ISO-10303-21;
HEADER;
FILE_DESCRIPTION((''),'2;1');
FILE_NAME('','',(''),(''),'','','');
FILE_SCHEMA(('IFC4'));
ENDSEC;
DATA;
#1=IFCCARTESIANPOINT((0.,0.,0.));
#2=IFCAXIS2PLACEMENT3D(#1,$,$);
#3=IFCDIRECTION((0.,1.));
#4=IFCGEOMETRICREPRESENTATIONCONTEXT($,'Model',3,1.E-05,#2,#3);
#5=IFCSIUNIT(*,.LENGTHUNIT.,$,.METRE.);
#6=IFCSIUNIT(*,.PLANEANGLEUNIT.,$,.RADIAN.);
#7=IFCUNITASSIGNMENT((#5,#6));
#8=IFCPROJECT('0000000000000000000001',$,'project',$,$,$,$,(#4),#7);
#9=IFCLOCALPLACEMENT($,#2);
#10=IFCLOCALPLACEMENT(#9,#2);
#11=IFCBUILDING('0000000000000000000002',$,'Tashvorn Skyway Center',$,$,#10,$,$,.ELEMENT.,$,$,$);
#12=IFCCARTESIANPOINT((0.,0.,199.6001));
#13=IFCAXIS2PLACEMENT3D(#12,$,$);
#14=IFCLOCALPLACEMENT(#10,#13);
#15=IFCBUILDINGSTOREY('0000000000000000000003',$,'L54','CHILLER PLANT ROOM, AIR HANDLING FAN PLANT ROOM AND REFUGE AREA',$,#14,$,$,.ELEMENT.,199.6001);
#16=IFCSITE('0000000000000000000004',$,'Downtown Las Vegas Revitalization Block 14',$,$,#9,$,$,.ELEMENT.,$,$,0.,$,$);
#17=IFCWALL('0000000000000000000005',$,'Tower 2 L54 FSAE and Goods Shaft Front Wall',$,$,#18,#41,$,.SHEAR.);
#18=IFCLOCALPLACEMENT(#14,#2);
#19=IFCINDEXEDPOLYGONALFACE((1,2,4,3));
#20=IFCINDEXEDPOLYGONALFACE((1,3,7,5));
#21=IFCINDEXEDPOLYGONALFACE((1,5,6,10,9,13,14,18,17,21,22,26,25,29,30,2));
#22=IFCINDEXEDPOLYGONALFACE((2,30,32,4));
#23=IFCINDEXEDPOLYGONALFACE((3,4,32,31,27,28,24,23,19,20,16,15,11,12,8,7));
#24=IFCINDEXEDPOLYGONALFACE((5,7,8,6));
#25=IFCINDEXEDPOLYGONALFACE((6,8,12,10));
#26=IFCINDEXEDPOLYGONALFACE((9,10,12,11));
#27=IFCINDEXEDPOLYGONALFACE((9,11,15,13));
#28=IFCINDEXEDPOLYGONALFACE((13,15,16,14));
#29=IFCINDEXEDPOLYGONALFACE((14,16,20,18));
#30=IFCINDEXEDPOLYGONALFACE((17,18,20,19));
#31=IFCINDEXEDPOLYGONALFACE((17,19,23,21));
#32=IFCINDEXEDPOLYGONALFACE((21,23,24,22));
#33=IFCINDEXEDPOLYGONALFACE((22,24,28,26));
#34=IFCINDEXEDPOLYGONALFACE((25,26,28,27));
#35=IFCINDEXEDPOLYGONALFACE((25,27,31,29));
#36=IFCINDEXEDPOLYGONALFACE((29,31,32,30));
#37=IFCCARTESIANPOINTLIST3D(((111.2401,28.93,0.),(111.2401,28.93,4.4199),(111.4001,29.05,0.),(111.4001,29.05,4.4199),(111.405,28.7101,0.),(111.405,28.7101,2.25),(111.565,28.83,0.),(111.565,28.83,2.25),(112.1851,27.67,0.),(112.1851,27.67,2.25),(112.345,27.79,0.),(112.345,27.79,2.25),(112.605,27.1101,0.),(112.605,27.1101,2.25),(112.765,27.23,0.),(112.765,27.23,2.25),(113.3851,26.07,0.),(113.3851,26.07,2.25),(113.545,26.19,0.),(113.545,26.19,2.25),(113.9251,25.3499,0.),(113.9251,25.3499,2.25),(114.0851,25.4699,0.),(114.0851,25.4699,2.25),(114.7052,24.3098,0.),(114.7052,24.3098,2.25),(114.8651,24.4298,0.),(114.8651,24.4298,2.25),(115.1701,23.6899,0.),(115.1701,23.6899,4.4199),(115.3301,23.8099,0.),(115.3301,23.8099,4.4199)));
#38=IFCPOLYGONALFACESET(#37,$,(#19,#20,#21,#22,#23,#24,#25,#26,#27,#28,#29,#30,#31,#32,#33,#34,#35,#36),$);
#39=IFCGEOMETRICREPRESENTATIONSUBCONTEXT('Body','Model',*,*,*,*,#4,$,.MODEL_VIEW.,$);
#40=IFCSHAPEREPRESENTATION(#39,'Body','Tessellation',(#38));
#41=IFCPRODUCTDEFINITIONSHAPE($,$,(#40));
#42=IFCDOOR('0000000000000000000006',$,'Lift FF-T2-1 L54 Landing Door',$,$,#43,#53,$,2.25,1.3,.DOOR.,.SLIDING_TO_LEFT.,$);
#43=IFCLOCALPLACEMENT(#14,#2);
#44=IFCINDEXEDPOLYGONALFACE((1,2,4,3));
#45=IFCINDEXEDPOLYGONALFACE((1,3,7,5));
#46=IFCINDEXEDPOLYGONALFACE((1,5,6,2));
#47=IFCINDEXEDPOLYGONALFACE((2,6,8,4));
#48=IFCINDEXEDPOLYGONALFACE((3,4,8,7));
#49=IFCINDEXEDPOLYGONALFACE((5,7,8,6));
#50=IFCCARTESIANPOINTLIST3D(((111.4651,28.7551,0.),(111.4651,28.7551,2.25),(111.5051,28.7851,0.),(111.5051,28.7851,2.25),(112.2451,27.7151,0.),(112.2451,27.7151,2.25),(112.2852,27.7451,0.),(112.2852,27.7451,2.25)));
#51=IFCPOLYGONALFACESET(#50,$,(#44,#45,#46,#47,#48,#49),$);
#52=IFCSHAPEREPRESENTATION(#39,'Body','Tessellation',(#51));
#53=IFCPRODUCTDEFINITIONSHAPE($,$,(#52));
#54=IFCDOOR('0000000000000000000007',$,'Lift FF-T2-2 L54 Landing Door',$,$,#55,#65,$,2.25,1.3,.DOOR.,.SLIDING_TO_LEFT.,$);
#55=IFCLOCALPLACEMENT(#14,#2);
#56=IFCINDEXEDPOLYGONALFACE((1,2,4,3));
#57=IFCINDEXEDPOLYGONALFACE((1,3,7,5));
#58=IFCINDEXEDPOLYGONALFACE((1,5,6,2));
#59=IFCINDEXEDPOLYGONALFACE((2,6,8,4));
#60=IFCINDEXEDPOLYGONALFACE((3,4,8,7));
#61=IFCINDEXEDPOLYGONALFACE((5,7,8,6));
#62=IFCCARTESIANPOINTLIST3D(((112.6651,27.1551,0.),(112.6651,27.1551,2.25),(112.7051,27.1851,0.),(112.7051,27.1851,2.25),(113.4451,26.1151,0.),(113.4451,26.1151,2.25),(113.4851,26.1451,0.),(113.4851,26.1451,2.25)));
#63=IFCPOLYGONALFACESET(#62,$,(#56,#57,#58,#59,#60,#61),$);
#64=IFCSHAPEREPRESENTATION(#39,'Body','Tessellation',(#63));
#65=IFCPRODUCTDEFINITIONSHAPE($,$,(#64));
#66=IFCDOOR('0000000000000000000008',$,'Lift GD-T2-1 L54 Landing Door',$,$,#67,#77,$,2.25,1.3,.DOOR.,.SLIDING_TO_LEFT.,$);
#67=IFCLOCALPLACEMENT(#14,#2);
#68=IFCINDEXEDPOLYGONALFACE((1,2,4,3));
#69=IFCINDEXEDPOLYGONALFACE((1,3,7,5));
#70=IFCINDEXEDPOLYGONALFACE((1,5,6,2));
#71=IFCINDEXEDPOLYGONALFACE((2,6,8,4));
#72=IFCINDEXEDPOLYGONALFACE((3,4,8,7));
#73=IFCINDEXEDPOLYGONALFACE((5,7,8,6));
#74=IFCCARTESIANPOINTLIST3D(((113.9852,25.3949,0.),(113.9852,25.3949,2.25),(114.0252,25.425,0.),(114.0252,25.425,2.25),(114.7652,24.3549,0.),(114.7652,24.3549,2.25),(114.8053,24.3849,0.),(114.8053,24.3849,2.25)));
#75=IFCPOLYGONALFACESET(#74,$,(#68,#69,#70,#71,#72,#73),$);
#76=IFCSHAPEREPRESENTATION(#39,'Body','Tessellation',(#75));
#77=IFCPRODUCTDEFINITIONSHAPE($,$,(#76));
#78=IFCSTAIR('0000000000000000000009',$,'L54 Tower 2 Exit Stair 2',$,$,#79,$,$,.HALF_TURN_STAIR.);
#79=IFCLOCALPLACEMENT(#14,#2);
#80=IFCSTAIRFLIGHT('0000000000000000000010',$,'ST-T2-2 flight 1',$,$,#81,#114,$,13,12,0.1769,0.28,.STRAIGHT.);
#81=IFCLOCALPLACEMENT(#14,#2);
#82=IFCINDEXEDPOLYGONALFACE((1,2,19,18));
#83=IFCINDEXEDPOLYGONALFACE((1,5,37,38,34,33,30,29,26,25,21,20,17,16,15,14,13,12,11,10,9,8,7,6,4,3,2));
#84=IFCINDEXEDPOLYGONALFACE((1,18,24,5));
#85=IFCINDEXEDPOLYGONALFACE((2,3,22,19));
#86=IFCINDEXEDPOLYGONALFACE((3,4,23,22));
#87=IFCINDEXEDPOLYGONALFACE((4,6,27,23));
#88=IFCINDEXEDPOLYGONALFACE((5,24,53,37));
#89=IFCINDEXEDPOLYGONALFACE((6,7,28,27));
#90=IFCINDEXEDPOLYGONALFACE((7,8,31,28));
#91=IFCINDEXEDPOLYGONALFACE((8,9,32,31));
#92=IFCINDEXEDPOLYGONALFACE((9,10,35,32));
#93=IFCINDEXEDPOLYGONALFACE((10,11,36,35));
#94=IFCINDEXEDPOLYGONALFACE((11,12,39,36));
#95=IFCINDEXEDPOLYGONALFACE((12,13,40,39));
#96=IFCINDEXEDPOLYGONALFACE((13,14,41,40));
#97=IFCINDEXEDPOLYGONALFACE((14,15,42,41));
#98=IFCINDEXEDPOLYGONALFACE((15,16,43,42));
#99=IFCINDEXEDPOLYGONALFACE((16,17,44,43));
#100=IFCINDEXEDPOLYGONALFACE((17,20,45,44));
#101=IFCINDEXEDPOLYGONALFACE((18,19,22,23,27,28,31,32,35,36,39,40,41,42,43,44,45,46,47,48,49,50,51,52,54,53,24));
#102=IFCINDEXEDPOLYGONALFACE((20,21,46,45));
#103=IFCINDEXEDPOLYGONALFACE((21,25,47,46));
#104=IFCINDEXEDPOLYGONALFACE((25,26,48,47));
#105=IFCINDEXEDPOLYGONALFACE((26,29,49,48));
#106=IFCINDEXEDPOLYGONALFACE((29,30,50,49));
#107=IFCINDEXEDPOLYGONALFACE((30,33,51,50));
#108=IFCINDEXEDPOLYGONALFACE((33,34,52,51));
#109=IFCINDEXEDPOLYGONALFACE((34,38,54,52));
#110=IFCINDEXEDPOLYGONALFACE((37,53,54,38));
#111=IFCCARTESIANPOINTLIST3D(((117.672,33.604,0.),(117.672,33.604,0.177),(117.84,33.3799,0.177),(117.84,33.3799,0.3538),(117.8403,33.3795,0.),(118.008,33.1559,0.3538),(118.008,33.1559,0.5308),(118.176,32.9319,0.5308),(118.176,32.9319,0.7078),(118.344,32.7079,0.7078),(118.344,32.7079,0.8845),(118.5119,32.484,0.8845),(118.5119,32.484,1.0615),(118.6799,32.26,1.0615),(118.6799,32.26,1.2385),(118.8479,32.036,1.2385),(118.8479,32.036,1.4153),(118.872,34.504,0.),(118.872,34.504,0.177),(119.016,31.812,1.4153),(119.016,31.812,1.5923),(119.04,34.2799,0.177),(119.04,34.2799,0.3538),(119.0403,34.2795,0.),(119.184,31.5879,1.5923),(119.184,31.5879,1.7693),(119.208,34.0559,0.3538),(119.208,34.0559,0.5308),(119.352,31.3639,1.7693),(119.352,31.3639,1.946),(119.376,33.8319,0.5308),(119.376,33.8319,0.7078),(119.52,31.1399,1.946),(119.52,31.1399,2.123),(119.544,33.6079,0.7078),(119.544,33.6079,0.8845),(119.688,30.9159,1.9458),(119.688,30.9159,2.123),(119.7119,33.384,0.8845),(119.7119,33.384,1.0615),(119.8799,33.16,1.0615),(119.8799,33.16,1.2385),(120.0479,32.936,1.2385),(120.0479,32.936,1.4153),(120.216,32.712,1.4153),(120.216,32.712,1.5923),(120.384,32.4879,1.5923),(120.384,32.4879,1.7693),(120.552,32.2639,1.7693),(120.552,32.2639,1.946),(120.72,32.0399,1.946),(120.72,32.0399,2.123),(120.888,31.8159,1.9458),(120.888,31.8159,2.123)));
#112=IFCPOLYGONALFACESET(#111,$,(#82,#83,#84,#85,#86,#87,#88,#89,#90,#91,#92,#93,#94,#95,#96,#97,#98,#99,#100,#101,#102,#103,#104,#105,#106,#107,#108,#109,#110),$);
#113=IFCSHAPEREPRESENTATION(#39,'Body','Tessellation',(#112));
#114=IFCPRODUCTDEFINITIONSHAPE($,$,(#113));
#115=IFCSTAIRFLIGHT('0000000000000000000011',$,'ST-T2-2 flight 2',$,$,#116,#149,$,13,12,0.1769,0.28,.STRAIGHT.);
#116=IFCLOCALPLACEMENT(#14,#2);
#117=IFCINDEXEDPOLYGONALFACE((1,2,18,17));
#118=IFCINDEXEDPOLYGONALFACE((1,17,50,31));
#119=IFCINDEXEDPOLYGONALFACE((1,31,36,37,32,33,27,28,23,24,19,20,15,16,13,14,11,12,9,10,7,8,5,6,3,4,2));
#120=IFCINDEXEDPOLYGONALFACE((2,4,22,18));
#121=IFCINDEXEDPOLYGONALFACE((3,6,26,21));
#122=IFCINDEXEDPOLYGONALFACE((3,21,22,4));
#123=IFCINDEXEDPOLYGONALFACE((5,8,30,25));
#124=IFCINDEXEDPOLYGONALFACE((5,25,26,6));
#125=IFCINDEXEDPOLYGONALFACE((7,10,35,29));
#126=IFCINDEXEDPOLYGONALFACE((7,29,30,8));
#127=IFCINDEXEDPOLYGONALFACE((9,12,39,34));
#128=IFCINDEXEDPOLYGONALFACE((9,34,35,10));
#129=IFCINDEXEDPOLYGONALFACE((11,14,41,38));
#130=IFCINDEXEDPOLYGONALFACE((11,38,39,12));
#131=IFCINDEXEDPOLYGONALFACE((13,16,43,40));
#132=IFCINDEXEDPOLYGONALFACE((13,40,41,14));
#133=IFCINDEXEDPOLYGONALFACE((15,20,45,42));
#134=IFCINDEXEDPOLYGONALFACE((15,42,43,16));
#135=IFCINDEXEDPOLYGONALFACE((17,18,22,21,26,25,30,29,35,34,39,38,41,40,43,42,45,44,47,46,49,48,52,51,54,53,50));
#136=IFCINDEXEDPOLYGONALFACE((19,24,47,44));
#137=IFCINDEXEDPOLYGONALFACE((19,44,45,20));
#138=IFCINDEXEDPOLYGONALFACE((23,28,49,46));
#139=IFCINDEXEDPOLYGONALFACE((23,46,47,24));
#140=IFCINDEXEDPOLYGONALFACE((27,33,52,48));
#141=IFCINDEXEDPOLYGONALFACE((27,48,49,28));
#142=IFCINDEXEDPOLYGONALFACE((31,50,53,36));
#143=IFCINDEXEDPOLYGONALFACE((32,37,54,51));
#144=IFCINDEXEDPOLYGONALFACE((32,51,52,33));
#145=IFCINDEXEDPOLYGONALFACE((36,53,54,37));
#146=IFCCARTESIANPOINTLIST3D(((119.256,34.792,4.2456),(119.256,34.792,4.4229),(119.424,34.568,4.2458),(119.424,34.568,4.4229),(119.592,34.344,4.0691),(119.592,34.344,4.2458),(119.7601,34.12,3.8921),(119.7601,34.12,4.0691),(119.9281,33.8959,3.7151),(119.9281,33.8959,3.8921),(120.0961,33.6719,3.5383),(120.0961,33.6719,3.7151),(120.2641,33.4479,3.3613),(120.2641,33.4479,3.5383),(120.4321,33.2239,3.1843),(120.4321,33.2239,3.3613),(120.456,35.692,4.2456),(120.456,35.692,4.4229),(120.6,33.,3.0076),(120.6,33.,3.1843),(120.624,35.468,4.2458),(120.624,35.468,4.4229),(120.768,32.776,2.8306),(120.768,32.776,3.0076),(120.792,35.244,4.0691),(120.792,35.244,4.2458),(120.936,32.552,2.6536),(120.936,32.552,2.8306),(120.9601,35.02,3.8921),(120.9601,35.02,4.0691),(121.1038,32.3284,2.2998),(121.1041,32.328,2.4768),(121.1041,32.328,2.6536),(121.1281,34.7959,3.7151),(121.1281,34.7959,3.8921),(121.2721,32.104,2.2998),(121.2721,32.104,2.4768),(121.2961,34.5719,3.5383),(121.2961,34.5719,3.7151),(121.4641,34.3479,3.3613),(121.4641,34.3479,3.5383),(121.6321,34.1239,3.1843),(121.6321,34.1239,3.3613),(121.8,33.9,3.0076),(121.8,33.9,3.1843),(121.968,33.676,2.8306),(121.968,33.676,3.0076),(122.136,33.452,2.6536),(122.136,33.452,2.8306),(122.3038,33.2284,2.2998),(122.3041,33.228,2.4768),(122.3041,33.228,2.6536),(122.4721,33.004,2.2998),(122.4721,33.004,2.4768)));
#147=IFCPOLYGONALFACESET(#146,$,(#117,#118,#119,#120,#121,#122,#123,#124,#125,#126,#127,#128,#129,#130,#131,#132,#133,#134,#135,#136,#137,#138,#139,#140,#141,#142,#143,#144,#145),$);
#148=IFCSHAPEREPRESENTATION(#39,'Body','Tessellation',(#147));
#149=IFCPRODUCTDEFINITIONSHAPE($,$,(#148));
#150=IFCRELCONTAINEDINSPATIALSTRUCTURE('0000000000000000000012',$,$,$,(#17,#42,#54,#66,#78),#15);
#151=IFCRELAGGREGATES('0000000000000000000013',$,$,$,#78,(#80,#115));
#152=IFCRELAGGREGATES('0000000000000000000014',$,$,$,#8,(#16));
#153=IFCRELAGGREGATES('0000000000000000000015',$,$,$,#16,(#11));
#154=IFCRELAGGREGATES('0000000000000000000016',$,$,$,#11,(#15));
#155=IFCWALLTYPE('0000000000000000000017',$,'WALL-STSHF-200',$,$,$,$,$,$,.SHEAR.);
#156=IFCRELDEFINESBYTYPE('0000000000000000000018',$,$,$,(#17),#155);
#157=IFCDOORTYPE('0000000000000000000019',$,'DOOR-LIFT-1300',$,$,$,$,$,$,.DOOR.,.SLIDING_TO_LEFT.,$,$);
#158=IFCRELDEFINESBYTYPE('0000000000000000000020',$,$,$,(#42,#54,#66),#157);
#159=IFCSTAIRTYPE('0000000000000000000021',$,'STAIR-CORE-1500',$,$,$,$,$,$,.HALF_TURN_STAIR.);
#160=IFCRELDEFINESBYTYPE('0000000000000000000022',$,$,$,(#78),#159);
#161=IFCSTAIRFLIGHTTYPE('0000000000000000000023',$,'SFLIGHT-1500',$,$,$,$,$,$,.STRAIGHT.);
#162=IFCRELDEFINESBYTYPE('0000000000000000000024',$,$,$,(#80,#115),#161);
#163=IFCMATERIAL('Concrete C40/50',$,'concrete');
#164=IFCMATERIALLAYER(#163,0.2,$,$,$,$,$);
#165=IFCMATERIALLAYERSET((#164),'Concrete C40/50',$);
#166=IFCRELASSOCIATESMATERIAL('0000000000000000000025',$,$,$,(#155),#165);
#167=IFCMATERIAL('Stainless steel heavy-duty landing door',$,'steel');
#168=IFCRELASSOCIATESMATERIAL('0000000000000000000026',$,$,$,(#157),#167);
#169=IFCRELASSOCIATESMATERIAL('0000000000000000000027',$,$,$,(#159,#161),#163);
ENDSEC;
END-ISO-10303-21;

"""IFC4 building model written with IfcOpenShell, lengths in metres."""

from ifc_helpers import new_model, si_unit, direction, frame, frame_2d, origin, place, context, subcontext, project, spatial, polyline, rectangle, outline, extrude, material, layer, layer_set, type_object, element, fill, aggregate, save


model = new_model("IFC4")

# Units and contexts
model_context = context("Model", 3, precision=1e-05, world=origin(), true_north=direction((0.0, 1.0)))
body_context = subcontext(model_context, "Body", "Model", "MODEL_VIEW")
ifc_project = project(units=[si_unit("LENGTHUNIT", "METRE"), si_unit("PLANEANGLEUNIT", "RADIAN")], contexts=[model_context])

# Site, building, storey
site_placement = place(None, origin())
site = spatial("IfcSite", under=ifc_project, at=site_placement, Name="Downtown Las Vegas Revitalization Block 14", CompositionType="ELEMENT", RefElevation=0.0)
building_placement = place(site_placement, origin())
building = spatial("IfcBuilding", under=site, at=building_placement, Name="Tashvorn Skyway Center", CompositionType="ELEMENT")
storey_placement = place(building_placement, frame((0.0, 0.0, 199.6001)))
storey = spatial("IfcBuildingStorey", under=building, at=storey_placement, Name="L54", Description="CHILLER PLANT ROOM, AIR HANDLING FAN PLANT ROOM AND REFUGE AREA", CompositionType="ELEMENT", Elevation=199.6001)

# Shared definitions
ifc_material_1 = material(Name="Concrete C40/50", Category="concrete")

# Shared definitions
ifc_layer_1 = layer(ifc_material_1, 0.2)
ifc_layer_set_1 = layer_set([ifc_layer_1], Name="Concrete C40/50")
wall_type_1 = type_object("IfcWallType", Name="WALL-STSHF-200", PredefinedType="SHEAR", material=ifc_layer_set_1)

# Wall, openings, doors
wall_1_placement = place(storey_placement, frame((115.25, 23.75, 0.0), z_axis=(0.0, 0.0, 1.0), x_axis=(-0.599994, 0.800004, 0.0)))
wall_1 = element("IfcWall", 1, at=wall_1_placement, inside=storey, type_object=wall_type_1, Name="Tower 2 L54 FSAE and Goods Shaft Front Wall", PredefinedType="SHEAR", context=body_context, shape_type="SweptSolid", body=[
    extrude(rectangle(XDim=6.55, YDim=0.2, at=frame_2d((3.2749, 0.0))), origin(), (0.0, 0.0, 1.0), 4.4199),
])
opening_1_placement = place(wall_1_placement, frame((4.9751, 0.0, 0.0)))
opening_1 = element("IfcOpeningElement", 2, at=opening_1_placement, cuts=wall_1, PredefinedType="OPENING", context=body_context, shape_type="SweptSolid", body=[
    extrude(rectangle(XDim=1.3, YDim=2.25, at=frame_2d((0.6499, 1.125))), frame((0.0, 0.1099, 0.0), z_axis=(0.0, -1.0, 0.0), x_axis=(1.0, 0.0, 0.0)), (0.0, 0.0, 1.0), 0.22),
])
opening_2_placement = place(wall_1_placement, frame((2.9751, 0.0, 0.0)))
opening_2 = element("IfcOpeningElement", 3, at=opening_2_placement, cuts=wall_1, PredefinedType="OPENING", context=body_context, shape_type="SweptSolid", body=[
    extrude(rectangle(XDim=1.3, YDim=2.25, at=frame_2d((0.6499, 1.125))), frame((0.0, 0.1099, 0.0), z_axis=(0.0, -1.0, 0.0), x_axis=(1.0, 0.0, 0.0)), (0.0, 0.0, 1.0), 0.22),
])
opening_3_placement = place(wall_1_placement, frame((0.7749, 0.0, 0.0)))
opening_3 = element("IfcOpeningElement", 4, at=opening_3_placement, cuts=wall_1, PredefinedType="OPENING", context=body_context, shape_type="SweptSolid", body=[
    extrude(rectangle(XDim=1.3, YDim=2.25, at=frame_2d((0.6499, 1.125))), frame((0.0, 0.1099, 0.0), z_axis=(0.0, -1.0, 0.0), x_axis=(1.0, 0.0, 0.0)), (0.0, 0.0, 1.0), 0.22),
])
ifc_material_2 = material(Name="Stainless steel heavy-duty landing door", Category="steel")
door_type_1 = type_object("IfcDoorType", Name="DOOR-LIFT-1300", OperationType="SLIDING_TO_LEFT", PredefinedType="DOOR", material=ifc_material_2)
door_1_placement = place(opening_1_placement, origin())
door_1 = element("IfcDoor", 5, at=door_1_placement, inside=storey, type_object=door_type_1, Name="Lift FF-T2-1 L54 Landing Door", OperationType="SLIDING_TO_LEFT", OverallHeight=2.25, OverallWidth=1.3, PredefinedType="DOOR", context=body_context, shape_type="SweptSolid", body=[
    extrude(rectangle(XDim=1.3, YDim=2.25, at=frame_2d((0.6499, 1.125))), frame((0.0, 0.0249, 0.0), z_axis=(0.0, -1.0, 0.0), x_axis=(1.0, 0.0, 0.0)), (0.0, 0.0, 1.0), 0.05),
])
fill(opening_1, door_1)
door_2_placement = place(opening_2_placement, origin())
door_2 = element("IfcDoor", 6, at=door_2_placement, inside=storey, type_object=door_type_1, Name="Lift FF-T2-2 L54 Landing Door", OperationType="SLIDING_TO_LEFT", OverallHeight=2.25, OverallWidth=1.3, PredefinedType="DOOR", context=body_context, shape_type="SweptSolid", body=[
    extrude(rectangle(XDim=1.3, YDim=2.25, at=frame_2d((0.6499, 1.125))), frame((0.0, 0.0249, 0.0), z_axis=(0.0, -1.0, 0.0), x_axis=(1.0, 0.0, 0.0)), (0.0, 0.0, 1.0), 0.05),
])
fill(opening_2, door_2)
door_3_placement = place(opening_3_placement, origin())
door_3 = element("IfcDoor", 7, at=door_3_placement, inside=storey, type_object=door_type_1, Name="Lift GD-T2-1 L54 Landing Door", OperationType="SLIDING_TO_LEFT", OverallHeight=2.25, OverallWidth=1.3, PredefinedType="DOOR", context=body_context, shape_type="SweptSolid", body=[
    extrude(rectangle(XDim=1.3, YDim=2.25, at=frame_2d((0.6499, 1.125))), frame((0.0, 0.0249, 0.0), z_axis=(0.0, -1.0, 0.0), x_axis=(1.0, 0.0, 0.0)), (0.0, 0.0, 1.0), 0.05),
])
fill(opening_3, door_3)

# Stair, stair flights
stair_type = type_object("IfcStairType", Name="STAIR-CORE-1500", PredefinedType="HALF_TURN_STAIR", material=ifc_material_1)
stair_placement = place(storey_placement, origin())
stair = element("IfcStair", 8, at=stair_placement, inside=storey, type_object=stair_type, Name="L54 Tower 2 Exit Stair 2", PredefinedType="HALF_TURN_STAIR")
stair_flight_type = type_object("IfcStairFlightType", Name="SFLIGHT-1500", PredefinedType="STRAIGHT", material=ifc_material_1)
stair_flight_1_placement = place(storey_placement, frame((118.272, 34.054, 0.0), z_axis=(0.0, 0.0, 1.0), x_axis=(0.6, -0.8, 0.0)))
stair_flight_1 = element("IfcStairFlight", 9, at=stair_flight_1_placement, type_object=stair_flight_type, Name="ST-T2-2 flight 1", NumberOfRisers=13, NumberOfTreads=12, PredefinedType="STRAIGHT", RiserHeight=0.1769, TreadLength=0.28, context=body_context, shape_type="SweptSolid", body=[
    extrude(outline(polyline([(0.0, 0.0), (0.0, 0.177), (0.28, 0.177), (0.28, 0.3538), (0.5601, 0.3538), (0.5601, 0.5308), (0.8401, 0.5308), (0.8401, 0.7078), (1.1201, 0.7078), (1.1201, 0.8845), (1.3999, 0.8845), (1.3999, 1.0615), (1.6799, 1.0615), (1.6799, 1.2385), (1.96, 1.2385), (1.96, 1.4153), (2.24, 1.4153), (2.24, 1.5923), (2.52, 1.5923), (2.52, 1.7693), (2.8, 1.7693), (2.8, 1.946), (3.0801, 1.946), (3.0801, 2.123), (3.3601, 2.123), (3.3601, 2.3), (3.3601, 1.9458), (0.2805, 0.0), (0.0, 0.0)])), frame((0.0, 0.75, 0.0), z_axis=(0.0, -1.0, 0.0), x_axis=(1.0, 0.0, 0.0)), (0.0, 0.0, 1.0), 1.5),
])
stair_flight_2_placement = place(storey_placement, frame((121.8721, 32.554, 2.2998), z_axis=(0.0, 0.0, 1.0), x_axis=(-0.6, 0.8, 0.0)))
stair_flight_2 = element("IfcStairFlight", 10, at=stair_flight_2_placement, type_object=stair_flight_type, Name="ST-T2-2 flight 2", NumberOfRisers=13, NumberOfTreads=12, PredefinedType="STRAIGHT", RiserHeight=0.1769, TreadLength=0.28, context=body_context, shape_type="SweptSolid", body=[
    extrude(outline(polyline([(0.0, 0.0), (0.0, 0.177), (0.28, 0.177), (0.28, 0.3538), (0.5601, 0.3538), (0.5601, 0.5308), (0.8401, 0.5308), (0.8401, 0.7078), (1.1201, 0.7078), (1.1201, 0.8845), (1.3999, 0.8845), (1.3999, 1.0615), (1.6799, 1.0615), (1.6799, 1.2385), (1.96, 1.2385), (1.96, 1.4153), (2.24, 1.4153), (2.24, 1.5923), (2.52, 1.5923), (2.52, 1.7693), (2.8, 1.7693), (2.8, 1.946), (3.0801, 1.946), (3.0801, 2.123), (3.3601, 2.123), (3.3601, 2.3), (3.3601, 1.9458), (0.2805, 0.0), (0.0, 0.0)])), frame((0.0, 0.75, 0.0), z_axis=(0.0, -1.0, 0.0), x_axis=(1.0, 0.0, 0.0)), (0.0, 0.0, 1.0), 1.5),
])
aggregate(stair, [stair_flight_1, stair_flight_2])

save(model, "model.ifc")
